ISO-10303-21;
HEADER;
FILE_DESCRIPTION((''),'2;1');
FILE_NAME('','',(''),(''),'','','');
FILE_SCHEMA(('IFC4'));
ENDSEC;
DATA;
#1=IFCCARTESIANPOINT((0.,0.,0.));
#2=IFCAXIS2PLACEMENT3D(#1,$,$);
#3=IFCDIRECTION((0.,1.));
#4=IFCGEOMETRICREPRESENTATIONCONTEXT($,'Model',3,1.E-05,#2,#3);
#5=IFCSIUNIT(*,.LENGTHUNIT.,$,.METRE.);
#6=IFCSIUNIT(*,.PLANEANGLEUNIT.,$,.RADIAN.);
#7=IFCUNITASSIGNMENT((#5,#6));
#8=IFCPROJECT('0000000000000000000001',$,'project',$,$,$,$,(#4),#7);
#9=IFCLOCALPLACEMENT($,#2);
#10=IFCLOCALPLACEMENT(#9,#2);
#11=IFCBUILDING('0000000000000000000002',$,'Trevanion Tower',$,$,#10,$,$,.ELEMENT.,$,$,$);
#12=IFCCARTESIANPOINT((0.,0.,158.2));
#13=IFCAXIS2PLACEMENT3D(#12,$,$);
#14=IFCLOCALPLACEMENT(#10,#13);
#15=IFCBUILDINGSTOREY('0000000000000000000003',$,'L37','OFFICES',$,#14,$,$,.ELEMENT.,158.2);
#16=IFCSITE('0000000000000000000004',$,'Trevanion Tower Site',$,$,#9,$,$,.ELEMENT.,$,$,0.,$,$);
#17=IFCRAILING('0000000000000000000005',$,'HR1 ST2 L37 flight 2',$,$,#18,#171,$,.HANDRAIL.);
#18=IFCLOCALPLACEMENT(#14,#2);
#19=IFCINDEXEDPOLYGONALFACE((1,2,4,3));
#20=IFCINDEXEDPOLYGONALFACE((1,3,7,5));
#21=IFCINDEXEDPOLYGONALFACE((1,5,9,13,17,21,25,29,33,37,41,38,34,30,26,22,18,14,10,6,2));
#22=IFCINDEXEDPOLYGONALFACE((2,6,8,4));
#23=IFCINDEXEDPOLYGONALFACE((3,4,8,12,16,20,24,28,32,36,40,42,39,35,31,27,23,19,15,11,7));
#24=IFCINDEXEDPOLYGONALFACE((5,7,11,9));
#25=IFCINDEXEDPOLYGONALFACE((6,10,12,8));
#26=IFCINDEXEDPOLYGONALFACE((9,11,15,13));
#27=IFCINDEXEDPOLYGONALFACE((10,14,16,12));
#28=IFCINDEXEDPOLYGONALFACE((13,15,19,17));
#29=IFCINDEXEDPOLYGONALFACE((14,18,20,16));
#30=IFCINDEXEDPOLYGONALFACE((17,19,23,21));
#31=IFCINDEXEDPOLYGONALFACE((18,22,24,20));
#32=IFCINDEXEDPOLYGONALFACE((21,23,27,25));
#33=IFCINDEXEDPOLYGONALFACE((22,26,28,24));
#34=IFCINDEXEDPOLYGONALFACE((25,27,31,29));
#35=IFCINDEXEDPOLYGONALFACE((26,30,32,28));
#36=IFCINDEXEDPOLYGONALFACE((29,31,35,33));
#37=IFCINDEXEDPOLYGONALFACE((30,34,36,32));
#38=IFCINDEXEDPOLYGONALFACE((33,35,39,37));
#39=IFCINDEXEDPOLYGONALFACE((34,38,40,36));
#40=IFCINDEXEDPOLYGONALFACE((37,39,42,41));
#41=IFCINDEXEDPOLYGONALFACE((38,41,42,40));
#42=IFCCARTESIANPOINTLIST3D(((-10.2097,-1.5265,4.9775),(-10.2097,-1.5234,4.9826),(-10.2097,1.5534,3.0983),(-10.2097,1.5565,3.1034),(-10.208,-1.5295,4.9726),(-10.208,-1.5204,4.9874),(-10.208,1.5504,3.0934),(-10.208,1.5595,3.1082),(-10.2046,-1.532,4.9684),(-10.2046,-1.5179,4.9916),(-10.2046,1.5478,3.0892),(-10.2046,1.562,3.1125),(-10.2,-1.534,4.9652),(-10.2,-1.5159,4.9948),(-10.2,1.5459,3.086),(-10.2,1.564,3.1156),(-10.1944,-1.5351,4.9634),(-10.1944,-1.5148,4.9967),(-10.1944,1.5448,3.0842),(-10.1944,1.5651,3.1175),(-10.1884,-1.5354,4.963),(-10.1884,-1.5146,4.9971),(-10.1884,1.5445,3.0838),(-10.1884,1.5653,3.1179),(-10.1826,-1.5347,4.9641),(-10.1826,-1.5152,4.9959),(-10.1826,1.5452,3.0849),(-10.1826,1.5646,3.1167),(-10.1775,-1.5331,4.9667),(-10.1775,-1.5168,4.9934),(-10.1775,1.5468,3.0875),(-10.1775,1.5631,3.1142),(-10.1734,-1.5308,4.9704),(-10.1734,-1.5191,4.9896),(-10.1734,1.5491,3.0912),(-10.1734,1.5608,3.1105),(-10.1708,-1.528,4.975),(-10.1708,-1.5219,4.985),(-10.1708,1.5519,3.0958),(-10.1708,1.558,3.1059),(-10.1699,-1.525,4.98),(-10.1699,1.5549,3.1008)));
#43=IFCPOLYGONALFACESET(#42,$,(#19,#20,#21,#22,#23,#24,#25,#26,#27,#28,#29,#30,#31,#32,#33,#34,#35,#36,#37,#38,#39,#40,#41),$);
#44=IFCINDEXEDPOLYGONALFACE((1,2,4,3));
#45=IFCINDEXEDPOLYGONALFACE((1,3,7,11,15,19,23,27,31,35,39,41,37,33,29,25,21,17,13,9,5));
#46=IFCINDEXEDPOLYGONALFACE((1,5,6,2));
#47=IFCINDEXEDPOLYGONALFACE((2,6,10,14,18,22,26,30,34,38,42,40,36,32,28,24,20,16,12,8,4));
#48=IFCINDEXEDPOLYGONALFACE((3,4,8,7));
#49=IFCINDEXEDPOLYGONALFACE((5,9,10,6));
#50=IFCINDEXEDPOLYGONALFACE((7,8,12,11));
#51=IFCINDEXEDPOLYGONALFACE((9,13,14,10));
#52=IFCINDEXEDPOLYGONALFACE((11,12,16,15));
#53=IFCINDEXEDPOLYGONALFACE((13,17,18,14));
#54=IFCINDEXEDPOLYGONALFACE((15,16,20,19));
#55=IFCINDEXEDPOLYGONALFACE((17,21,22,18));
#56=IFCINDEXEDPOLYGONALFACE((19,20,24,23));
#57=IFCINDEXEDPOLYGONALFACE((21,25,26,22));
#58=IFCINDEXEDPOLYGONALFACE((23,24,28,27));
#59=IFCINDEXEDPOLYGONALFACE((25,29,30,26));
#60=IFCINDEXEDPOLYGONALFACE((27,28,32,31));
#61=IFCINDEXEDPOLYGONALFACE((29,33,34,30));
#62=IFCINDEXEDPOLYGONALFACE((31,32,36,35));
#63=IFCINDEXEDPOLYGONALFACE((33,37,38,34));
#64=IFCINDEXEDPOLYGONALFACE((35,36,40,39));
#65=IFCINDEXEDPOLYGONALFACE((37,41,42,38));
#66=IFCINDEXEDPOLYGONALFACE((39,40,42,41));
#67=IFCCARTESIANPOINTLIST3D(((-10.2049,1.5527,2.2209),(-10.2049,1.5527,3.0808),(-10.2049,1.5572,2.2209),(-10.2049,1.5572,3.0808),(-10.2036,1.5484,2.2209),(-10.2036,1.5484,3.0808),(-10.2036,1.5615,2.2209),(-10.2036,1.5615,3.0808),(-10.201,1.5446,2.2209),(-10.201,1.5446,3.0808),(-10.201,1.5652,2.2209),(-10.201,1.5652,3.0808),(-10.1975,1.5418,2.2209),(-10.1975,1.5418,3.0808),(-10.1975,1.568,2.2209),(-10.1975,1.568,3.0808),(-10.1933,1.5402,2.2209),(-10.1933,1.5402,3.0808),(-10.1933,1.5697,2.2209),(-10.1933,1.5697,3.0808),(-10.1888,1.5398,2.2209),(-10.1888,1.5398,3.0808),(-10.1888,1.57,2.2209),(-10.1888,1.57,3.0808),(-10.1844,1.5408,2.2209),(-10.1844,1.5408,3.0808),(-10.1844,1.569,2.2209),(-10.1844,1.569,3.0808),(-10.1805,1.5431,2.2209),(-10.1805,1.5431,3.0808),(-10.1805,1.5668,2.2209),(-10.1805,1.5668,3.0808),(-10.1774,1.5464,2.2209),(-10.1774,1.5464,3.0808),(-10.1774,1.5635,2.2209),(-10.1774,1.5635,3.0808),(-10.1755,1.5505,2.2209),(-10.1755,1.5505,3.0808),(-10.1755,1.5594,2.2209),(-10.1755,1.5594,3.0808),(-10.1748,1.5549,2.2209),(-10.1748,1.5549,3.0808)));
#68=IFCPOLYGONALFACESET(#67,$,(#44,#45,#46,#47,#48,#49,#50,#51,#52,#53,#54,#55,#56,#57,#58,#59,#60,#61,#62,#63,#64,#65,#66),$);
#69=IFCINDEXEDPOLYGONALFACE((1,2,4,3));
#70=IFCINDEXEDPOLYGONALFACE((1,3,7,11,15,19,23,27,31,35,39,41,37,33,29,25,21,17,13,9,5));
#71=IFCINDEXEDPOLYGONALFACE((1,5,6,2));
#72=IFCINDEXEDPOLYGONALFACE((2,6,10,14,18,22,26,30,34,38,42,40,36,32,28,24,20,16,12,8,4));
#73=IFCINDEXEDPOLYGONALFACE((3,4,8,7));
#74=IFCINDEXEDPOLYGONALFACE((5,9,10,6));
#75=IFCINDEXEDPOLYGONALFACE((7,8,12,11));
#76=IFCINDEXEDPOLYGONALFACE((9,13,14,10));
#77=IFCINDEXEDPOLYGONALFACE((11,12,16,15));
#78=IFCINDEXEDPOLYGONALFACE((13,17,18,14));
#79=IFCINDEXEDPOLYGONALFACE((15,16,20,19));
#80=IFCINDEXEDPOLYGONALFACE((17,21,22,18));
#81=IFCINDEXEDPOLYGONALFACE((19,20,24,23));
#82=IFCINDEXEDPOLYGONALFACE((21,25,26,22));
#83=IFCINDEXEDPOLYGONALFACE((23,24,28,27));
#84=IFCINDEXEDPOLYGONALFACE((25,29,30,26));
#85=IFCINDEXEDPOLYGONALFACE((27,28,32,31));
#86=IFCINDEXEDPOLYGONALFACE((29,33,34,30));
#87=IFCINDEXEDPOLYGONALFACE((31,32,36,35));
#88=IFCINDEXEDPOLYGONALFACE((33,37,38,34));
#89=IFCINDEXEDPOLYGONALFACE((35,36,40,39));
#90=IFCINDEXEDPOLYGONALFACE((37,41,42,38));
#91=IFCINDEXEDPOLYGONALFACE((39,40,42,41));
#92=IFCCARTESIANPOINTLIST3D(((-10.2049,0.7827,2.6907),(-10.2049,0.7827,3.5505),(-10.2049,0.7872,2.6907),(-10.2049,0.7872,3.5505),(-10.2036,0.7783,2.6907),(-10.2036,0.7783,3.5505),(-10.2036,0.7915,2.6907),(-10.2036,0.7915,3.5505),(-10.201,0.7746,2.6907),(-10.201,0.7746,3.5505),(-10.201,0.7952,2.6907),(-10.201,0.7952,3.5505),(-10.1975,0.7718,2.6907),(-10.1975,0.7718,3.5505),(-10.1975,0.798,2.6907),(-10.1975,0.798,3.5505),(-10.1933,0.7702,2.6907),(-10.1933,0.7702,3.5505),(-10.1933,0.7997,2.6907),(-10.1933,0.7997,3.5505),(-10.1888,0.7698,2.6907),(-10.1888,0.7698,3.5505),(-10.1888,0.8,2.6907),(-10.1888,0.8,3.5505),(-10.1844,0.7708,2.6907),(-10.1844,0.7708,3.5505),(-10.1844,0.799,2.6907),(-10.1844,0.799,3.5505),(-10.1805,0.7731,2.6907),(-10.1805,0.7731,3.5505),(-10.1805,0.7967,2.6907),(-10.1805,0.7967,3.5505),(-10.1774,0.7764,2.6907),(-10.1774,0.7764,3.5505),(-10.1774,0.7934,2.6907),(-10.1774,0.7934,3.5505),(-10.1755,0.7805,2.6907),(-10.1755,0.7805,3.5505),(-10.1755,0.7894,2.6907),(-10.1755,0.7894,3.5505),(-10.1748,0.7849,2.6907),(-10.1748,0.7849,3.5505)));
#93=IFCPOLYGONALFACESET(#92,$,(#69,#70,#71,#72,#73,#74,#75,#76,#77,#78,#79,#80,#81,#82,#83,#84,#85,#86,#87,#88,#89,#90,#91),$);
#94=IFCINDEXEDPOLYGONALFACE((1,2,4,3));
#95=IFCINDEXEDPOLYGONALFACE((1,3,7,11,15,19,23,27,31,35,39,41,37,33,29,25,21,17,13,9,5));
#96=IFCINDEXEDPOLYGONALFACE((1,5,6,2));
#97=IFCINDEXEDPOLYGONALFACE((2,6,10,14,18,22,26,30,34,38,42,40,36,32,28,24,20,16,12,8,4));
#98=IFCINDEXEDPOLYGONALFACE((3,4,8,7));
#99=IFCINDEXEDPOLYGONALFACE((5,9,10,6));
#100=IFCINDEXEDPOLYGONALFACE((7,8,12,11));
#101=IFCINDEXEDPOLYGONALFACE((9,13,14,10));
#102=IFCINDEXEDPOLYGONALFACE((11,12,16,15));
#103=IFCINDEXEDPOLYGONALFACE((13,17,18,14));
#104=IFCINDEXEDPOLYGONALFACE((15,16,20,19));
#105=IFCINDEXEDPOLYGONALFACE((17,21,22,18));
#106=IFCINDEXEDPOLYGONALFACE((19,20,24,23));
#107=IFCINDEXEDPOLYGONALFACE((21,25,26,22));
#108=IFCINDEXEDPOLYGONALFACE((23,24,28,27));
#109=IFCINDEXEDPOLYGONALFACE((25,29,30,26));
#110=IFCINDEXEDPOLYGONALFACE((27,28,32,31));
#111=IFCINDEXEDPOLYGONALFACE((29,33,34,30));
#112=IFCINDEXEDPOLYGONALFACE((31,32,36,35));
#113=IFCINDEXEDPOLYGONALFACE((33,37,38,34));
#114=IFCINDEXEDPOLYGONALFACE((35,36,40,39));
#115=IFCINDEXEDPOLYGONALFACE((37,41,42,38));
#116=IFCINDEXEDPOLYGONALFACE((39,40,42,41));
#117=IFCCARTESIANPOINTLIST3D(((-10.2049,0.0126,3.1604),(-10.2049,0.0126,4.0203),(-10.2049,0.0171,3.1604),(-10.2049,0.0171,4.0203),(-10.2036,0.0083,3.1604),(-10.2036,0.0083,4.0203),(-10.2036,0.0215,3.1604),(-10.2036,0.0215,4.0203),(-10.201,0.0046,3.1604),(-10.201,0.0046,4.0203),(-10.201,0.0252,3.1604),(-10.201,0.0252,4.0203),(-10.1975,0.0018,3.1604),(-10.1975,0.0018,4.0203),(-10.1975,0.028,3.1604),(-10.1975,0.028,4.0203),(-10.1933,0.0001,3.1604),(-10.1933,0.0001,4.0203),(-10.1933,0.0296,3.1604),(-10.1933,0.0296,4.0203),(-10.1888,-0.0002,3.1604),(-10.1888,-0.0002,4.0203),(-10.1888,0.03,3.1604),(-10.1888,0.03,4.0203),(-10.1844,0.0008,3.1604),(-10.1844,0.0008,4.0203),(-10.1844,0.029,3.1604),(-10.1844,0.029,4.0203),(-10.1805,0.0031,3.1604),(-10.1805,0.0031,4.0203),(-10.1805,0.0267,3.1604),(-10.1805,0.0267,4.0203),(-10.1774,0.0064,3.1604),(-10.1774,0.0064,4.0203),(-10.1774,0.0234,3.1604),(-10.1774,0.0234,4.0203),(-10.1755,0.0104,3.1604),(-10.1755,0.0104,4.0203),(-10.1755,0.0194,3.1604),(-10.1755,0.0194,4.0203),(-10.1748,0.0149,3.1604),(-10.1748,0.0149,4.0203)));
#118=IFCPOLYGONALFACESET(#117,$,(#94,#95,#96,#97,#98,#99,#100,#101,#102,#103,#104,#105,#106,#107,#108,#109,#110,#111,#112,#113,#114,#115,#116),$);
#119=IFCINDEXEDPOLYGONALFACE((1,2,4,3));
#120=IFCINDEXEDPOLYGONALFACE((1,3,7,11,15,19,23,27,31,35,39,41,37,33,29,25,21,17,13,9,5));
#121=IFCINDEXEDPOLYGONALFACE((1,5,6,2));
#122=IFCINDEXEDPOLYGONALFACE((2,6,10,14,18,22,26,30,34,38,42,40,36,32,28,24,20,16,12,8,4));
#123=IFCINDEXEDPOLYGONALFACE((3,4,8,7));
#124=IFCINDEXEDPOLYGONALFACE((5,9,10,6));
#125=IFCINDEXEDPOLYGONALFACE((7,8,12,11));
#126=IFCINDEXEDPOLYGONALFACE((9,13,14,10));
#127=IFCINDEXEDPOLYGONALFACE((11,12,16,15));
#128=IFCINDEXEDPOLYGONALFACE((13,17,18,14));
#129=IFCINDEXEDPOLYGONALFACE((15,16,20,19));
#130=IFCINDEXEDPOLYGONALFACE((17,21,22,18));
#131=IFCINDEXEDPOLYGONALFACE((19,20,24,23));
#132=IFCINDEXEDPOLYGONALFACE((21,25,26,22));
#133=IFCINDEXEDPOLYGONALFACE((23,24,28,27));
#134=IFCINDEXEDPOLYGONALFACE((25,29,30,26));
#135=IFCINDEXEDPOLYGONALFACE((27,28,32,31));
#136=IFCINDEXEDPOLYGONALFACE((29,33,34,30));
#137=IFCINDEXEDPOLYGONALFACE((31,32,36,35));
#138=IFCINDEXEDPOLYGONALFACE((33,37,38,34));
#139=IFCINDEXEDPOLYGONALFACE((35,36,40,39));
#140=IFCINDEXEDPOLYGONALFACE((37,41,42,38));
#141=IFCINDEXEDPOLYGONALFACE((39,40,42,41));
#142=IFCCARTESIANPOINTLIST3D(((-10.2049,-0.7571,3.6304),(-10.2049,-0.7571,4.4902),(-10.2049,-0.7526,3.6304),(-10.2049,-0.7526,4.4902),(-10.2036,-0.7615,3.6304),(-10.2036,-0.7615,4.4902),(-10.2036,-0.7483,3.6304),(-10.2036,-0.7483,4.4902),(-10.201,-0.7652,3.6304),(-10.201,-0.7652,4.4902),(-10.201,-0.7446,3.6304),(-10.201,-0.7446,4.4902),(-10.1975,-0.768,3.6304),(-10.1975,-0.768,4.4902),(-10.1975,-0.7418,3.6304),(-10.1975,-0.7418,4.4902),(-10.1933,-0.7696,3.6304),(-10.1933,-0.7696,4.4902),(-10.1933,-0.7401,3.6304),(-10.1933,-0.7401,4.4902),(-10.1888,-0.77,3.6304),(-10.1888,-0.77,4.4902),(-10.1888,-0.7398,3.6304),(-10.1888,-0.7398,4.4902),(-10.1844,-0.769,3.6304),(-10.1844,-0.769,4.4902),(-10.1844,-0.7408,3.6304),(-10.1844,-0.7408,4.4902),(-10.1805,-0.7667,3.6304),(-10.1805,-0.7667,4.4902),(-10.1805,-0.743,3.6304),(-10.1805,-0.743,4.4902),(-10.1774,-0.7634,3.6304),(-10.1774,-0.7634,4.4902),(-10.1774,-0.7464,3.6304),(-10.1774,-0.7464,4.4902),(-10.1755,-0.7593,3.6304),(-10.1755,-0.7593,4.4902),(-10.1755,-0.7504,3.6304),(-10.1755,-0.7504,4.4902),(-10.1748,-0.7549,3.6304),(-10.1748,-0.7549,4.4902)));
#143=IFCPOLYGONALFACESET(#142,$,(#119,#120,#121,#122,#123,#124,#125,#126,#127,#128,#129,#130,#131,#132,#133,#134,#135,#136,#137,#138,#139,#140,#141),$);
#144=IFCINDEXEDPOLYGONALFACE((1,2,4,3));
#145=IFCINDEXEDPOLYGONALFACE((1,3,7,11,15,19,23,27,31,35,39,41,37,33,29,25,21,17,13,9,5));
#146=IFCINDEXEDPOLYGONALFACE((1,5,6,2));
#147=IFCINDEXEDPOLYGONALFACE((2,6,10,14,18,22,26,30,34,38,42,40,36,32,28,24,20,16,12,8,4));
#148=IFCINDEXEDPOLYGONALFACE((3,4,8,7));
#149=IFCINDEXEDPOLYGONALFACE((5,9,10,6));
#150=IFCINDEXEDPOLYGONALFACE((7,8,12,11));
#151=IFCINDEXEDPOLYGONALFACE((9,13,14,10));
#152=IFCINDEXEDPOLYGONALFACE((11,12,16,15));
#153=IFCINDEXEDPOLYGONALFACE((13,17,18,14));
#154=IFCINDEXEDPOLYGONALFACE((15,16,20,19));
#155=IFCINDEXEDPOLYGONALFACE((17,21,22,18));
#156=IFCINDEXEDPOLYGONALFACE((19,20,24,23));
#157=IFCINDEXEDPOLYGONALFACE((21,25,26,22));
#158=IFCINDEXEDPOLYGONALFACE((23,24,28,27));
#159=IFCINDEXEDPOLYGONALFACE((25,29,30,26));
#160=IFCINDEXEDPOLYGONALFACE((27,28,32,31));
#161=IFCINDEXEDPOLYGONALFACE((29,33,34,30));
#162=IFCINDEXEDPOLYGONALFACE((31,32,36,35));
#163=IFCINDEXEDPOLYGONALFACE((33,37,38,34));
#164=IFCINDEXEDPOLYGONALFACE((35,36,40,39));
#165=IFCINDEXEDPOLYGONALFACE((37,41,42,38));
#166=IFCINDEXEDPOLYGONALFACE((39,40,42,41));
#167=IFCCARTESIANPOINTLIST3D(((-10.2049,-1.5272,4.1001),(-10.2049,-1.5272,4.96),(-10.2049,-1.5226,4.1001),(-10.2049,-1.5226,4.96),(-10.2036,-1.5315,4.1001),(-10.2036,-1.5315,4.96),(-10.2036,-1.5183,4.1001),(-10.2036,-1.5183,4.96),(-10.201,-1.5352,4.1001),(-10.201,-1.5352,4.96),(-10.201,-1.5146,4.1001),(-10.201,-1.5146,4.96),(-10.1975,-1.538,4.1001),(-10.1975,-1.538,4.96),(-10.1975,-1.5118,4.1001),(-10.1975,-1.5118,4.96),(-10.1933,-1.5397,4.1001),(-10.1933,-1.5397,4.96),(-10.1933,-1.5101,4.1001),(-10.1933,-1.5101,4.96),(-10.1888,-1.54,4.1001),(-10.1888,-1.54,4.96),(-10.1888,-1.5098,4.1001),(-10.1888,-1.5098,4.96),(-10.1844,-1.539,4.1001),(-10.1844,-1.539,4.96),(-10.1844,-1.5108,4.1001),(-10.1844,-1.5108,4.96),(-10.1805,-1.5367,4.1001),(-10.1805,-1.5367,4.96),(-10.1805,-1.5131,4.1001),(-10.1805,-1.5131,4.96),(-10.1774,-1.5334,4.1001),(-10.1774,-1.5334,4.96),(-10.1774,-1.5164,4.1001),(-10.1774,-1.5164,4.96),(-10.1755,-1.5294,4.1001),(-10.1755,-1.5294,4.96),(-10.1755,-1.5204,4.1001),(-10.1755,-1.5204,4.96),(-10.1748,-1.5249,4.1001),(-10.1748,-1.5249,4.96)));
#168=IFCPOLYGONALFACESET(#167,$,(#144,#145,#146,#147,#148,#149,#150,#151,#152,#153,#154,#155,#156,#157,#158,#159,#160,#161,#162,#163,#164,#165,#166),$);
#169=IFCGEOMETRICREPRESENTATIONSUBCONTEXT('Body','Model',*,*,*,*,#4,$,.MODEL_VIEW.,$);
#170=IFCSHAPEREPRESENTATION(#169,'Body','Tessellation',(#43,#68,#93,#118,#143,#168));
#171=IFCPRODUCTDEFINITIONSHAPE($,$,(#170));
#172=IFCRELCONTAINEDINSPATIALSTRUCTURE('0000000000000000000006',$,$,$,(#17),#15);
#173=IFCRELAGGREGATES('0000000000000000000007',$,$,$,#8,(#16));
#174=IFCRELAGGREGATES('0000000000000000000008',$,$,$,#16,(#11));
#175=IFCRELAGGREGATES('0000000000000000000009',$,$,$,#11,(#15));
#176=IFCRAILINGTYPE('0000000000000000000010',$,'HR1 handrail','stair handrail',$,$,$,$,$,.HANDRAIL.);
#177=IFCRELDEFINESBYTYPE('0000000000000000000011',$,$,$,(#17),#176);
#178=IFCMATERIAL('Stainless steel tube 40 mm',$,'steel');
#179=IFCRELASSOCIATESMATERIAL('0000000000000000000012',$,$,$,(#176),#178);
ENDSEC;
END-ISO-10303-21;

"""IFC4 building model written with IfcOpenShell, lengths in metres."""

from ifc_helpers import new_model, si_unit, direction, frame, origin, origin_2d, place, context, subcontext, project, spatial, circle, extrude, material, type_object, element, save


model = new_model("IFC4")

# Units and contexts
model_context = context("Model", 3, precision=1e-05, world=origin(), true_north=direction((0.0, 1.0)))
body_context = subcontext(model_context, "Body", "Model", "MODEL_VIEW")
ifc_project = project(units=[si_unit("LENGTHUNIT", "METRE"), si_unit("PLANEANGLEUNIT", "RADIAN")], contexts=[model_context])

# Site, building, storey
site_placement = place(None, origin())
site = spatial("IfcSite", under=ifc_project, at=site_placement, Name="Trevanion Tower Site", CompositionType="ELEMENT", RefElevation=0.0)
building_placement = place(site_placement, origin())
building = spatial("IfcBuilding", under=site, at=building_placement, Name="Trevanion Tower", CompositionType="ELEMENT")
storey_placement = place(building_placement, frame((0.0, 0.0, 158.2)))
storey = spatial("IfcBuildingStorey", under=building, at=storey_placement, Name="L37", Description="OFFICES", CompositionType="ELEMENT", Elevation=158.2)

# Railing
ifc_material_1 = material(Name="Stainless steel tube 40 mm", Category="steel")
railing_type = type_object("IfcRailingType", Name="HR1 handrail", Description="stair handrail", PredefinedType="HANDRAIL", material=ifc_material_1)
for number, where, name in (
    (1, (-10.1899, 1.5549, 2.2209), "HR1 ST2 L37 flight 2"),
):
    element("IfcRailing", number, at=place(storey_placement, frame(where)), inside=storey, type_object=railing_type, Name=name, PredefinedType="HANDRAIL", context=body_context, shape_type="SweptSolid", body=[
        extrude(circle(Radius=0.02, at=origin_2d()), frame((0.0, 0.0, 0.8799), z_axis=(0.0, -0.853648, 0.52085), x_axis=(1.0, 0.0, 0.0)), (0.0, 0.0, 1.0), 3.6079),
        extrude(circle(Radius=0.0151, at=origin_2d()), origin(), (0.0, 0.0, 1.0), 0.8599),
        extrude(circle(Radius=0.0151, at=origin_2d()), frame((0.0, -0.77, 0.4697)), (0.0, 0.0, 1.0), 0.8599),
        extrude(circle(Radius=0.0151, at=origin_2d()), frame((0.0, -1.54, 0.9395)), (0.0, 0.0, 1.0), 0.8599),
        extrude(circle(Radius=0.0151, at=origin_2d()), frame((0.0, -2.3098, 1.4094)), (0.0, 0.0, 1.0), 0.8599),
        extrude(circle(Radius=0.0151, at=origin_2d()), frame((0.0, -3.0798, 1.8792)), (0.0, 0.0, 1.0), 0.8599),
    ])

save(model, "model.ifc")
